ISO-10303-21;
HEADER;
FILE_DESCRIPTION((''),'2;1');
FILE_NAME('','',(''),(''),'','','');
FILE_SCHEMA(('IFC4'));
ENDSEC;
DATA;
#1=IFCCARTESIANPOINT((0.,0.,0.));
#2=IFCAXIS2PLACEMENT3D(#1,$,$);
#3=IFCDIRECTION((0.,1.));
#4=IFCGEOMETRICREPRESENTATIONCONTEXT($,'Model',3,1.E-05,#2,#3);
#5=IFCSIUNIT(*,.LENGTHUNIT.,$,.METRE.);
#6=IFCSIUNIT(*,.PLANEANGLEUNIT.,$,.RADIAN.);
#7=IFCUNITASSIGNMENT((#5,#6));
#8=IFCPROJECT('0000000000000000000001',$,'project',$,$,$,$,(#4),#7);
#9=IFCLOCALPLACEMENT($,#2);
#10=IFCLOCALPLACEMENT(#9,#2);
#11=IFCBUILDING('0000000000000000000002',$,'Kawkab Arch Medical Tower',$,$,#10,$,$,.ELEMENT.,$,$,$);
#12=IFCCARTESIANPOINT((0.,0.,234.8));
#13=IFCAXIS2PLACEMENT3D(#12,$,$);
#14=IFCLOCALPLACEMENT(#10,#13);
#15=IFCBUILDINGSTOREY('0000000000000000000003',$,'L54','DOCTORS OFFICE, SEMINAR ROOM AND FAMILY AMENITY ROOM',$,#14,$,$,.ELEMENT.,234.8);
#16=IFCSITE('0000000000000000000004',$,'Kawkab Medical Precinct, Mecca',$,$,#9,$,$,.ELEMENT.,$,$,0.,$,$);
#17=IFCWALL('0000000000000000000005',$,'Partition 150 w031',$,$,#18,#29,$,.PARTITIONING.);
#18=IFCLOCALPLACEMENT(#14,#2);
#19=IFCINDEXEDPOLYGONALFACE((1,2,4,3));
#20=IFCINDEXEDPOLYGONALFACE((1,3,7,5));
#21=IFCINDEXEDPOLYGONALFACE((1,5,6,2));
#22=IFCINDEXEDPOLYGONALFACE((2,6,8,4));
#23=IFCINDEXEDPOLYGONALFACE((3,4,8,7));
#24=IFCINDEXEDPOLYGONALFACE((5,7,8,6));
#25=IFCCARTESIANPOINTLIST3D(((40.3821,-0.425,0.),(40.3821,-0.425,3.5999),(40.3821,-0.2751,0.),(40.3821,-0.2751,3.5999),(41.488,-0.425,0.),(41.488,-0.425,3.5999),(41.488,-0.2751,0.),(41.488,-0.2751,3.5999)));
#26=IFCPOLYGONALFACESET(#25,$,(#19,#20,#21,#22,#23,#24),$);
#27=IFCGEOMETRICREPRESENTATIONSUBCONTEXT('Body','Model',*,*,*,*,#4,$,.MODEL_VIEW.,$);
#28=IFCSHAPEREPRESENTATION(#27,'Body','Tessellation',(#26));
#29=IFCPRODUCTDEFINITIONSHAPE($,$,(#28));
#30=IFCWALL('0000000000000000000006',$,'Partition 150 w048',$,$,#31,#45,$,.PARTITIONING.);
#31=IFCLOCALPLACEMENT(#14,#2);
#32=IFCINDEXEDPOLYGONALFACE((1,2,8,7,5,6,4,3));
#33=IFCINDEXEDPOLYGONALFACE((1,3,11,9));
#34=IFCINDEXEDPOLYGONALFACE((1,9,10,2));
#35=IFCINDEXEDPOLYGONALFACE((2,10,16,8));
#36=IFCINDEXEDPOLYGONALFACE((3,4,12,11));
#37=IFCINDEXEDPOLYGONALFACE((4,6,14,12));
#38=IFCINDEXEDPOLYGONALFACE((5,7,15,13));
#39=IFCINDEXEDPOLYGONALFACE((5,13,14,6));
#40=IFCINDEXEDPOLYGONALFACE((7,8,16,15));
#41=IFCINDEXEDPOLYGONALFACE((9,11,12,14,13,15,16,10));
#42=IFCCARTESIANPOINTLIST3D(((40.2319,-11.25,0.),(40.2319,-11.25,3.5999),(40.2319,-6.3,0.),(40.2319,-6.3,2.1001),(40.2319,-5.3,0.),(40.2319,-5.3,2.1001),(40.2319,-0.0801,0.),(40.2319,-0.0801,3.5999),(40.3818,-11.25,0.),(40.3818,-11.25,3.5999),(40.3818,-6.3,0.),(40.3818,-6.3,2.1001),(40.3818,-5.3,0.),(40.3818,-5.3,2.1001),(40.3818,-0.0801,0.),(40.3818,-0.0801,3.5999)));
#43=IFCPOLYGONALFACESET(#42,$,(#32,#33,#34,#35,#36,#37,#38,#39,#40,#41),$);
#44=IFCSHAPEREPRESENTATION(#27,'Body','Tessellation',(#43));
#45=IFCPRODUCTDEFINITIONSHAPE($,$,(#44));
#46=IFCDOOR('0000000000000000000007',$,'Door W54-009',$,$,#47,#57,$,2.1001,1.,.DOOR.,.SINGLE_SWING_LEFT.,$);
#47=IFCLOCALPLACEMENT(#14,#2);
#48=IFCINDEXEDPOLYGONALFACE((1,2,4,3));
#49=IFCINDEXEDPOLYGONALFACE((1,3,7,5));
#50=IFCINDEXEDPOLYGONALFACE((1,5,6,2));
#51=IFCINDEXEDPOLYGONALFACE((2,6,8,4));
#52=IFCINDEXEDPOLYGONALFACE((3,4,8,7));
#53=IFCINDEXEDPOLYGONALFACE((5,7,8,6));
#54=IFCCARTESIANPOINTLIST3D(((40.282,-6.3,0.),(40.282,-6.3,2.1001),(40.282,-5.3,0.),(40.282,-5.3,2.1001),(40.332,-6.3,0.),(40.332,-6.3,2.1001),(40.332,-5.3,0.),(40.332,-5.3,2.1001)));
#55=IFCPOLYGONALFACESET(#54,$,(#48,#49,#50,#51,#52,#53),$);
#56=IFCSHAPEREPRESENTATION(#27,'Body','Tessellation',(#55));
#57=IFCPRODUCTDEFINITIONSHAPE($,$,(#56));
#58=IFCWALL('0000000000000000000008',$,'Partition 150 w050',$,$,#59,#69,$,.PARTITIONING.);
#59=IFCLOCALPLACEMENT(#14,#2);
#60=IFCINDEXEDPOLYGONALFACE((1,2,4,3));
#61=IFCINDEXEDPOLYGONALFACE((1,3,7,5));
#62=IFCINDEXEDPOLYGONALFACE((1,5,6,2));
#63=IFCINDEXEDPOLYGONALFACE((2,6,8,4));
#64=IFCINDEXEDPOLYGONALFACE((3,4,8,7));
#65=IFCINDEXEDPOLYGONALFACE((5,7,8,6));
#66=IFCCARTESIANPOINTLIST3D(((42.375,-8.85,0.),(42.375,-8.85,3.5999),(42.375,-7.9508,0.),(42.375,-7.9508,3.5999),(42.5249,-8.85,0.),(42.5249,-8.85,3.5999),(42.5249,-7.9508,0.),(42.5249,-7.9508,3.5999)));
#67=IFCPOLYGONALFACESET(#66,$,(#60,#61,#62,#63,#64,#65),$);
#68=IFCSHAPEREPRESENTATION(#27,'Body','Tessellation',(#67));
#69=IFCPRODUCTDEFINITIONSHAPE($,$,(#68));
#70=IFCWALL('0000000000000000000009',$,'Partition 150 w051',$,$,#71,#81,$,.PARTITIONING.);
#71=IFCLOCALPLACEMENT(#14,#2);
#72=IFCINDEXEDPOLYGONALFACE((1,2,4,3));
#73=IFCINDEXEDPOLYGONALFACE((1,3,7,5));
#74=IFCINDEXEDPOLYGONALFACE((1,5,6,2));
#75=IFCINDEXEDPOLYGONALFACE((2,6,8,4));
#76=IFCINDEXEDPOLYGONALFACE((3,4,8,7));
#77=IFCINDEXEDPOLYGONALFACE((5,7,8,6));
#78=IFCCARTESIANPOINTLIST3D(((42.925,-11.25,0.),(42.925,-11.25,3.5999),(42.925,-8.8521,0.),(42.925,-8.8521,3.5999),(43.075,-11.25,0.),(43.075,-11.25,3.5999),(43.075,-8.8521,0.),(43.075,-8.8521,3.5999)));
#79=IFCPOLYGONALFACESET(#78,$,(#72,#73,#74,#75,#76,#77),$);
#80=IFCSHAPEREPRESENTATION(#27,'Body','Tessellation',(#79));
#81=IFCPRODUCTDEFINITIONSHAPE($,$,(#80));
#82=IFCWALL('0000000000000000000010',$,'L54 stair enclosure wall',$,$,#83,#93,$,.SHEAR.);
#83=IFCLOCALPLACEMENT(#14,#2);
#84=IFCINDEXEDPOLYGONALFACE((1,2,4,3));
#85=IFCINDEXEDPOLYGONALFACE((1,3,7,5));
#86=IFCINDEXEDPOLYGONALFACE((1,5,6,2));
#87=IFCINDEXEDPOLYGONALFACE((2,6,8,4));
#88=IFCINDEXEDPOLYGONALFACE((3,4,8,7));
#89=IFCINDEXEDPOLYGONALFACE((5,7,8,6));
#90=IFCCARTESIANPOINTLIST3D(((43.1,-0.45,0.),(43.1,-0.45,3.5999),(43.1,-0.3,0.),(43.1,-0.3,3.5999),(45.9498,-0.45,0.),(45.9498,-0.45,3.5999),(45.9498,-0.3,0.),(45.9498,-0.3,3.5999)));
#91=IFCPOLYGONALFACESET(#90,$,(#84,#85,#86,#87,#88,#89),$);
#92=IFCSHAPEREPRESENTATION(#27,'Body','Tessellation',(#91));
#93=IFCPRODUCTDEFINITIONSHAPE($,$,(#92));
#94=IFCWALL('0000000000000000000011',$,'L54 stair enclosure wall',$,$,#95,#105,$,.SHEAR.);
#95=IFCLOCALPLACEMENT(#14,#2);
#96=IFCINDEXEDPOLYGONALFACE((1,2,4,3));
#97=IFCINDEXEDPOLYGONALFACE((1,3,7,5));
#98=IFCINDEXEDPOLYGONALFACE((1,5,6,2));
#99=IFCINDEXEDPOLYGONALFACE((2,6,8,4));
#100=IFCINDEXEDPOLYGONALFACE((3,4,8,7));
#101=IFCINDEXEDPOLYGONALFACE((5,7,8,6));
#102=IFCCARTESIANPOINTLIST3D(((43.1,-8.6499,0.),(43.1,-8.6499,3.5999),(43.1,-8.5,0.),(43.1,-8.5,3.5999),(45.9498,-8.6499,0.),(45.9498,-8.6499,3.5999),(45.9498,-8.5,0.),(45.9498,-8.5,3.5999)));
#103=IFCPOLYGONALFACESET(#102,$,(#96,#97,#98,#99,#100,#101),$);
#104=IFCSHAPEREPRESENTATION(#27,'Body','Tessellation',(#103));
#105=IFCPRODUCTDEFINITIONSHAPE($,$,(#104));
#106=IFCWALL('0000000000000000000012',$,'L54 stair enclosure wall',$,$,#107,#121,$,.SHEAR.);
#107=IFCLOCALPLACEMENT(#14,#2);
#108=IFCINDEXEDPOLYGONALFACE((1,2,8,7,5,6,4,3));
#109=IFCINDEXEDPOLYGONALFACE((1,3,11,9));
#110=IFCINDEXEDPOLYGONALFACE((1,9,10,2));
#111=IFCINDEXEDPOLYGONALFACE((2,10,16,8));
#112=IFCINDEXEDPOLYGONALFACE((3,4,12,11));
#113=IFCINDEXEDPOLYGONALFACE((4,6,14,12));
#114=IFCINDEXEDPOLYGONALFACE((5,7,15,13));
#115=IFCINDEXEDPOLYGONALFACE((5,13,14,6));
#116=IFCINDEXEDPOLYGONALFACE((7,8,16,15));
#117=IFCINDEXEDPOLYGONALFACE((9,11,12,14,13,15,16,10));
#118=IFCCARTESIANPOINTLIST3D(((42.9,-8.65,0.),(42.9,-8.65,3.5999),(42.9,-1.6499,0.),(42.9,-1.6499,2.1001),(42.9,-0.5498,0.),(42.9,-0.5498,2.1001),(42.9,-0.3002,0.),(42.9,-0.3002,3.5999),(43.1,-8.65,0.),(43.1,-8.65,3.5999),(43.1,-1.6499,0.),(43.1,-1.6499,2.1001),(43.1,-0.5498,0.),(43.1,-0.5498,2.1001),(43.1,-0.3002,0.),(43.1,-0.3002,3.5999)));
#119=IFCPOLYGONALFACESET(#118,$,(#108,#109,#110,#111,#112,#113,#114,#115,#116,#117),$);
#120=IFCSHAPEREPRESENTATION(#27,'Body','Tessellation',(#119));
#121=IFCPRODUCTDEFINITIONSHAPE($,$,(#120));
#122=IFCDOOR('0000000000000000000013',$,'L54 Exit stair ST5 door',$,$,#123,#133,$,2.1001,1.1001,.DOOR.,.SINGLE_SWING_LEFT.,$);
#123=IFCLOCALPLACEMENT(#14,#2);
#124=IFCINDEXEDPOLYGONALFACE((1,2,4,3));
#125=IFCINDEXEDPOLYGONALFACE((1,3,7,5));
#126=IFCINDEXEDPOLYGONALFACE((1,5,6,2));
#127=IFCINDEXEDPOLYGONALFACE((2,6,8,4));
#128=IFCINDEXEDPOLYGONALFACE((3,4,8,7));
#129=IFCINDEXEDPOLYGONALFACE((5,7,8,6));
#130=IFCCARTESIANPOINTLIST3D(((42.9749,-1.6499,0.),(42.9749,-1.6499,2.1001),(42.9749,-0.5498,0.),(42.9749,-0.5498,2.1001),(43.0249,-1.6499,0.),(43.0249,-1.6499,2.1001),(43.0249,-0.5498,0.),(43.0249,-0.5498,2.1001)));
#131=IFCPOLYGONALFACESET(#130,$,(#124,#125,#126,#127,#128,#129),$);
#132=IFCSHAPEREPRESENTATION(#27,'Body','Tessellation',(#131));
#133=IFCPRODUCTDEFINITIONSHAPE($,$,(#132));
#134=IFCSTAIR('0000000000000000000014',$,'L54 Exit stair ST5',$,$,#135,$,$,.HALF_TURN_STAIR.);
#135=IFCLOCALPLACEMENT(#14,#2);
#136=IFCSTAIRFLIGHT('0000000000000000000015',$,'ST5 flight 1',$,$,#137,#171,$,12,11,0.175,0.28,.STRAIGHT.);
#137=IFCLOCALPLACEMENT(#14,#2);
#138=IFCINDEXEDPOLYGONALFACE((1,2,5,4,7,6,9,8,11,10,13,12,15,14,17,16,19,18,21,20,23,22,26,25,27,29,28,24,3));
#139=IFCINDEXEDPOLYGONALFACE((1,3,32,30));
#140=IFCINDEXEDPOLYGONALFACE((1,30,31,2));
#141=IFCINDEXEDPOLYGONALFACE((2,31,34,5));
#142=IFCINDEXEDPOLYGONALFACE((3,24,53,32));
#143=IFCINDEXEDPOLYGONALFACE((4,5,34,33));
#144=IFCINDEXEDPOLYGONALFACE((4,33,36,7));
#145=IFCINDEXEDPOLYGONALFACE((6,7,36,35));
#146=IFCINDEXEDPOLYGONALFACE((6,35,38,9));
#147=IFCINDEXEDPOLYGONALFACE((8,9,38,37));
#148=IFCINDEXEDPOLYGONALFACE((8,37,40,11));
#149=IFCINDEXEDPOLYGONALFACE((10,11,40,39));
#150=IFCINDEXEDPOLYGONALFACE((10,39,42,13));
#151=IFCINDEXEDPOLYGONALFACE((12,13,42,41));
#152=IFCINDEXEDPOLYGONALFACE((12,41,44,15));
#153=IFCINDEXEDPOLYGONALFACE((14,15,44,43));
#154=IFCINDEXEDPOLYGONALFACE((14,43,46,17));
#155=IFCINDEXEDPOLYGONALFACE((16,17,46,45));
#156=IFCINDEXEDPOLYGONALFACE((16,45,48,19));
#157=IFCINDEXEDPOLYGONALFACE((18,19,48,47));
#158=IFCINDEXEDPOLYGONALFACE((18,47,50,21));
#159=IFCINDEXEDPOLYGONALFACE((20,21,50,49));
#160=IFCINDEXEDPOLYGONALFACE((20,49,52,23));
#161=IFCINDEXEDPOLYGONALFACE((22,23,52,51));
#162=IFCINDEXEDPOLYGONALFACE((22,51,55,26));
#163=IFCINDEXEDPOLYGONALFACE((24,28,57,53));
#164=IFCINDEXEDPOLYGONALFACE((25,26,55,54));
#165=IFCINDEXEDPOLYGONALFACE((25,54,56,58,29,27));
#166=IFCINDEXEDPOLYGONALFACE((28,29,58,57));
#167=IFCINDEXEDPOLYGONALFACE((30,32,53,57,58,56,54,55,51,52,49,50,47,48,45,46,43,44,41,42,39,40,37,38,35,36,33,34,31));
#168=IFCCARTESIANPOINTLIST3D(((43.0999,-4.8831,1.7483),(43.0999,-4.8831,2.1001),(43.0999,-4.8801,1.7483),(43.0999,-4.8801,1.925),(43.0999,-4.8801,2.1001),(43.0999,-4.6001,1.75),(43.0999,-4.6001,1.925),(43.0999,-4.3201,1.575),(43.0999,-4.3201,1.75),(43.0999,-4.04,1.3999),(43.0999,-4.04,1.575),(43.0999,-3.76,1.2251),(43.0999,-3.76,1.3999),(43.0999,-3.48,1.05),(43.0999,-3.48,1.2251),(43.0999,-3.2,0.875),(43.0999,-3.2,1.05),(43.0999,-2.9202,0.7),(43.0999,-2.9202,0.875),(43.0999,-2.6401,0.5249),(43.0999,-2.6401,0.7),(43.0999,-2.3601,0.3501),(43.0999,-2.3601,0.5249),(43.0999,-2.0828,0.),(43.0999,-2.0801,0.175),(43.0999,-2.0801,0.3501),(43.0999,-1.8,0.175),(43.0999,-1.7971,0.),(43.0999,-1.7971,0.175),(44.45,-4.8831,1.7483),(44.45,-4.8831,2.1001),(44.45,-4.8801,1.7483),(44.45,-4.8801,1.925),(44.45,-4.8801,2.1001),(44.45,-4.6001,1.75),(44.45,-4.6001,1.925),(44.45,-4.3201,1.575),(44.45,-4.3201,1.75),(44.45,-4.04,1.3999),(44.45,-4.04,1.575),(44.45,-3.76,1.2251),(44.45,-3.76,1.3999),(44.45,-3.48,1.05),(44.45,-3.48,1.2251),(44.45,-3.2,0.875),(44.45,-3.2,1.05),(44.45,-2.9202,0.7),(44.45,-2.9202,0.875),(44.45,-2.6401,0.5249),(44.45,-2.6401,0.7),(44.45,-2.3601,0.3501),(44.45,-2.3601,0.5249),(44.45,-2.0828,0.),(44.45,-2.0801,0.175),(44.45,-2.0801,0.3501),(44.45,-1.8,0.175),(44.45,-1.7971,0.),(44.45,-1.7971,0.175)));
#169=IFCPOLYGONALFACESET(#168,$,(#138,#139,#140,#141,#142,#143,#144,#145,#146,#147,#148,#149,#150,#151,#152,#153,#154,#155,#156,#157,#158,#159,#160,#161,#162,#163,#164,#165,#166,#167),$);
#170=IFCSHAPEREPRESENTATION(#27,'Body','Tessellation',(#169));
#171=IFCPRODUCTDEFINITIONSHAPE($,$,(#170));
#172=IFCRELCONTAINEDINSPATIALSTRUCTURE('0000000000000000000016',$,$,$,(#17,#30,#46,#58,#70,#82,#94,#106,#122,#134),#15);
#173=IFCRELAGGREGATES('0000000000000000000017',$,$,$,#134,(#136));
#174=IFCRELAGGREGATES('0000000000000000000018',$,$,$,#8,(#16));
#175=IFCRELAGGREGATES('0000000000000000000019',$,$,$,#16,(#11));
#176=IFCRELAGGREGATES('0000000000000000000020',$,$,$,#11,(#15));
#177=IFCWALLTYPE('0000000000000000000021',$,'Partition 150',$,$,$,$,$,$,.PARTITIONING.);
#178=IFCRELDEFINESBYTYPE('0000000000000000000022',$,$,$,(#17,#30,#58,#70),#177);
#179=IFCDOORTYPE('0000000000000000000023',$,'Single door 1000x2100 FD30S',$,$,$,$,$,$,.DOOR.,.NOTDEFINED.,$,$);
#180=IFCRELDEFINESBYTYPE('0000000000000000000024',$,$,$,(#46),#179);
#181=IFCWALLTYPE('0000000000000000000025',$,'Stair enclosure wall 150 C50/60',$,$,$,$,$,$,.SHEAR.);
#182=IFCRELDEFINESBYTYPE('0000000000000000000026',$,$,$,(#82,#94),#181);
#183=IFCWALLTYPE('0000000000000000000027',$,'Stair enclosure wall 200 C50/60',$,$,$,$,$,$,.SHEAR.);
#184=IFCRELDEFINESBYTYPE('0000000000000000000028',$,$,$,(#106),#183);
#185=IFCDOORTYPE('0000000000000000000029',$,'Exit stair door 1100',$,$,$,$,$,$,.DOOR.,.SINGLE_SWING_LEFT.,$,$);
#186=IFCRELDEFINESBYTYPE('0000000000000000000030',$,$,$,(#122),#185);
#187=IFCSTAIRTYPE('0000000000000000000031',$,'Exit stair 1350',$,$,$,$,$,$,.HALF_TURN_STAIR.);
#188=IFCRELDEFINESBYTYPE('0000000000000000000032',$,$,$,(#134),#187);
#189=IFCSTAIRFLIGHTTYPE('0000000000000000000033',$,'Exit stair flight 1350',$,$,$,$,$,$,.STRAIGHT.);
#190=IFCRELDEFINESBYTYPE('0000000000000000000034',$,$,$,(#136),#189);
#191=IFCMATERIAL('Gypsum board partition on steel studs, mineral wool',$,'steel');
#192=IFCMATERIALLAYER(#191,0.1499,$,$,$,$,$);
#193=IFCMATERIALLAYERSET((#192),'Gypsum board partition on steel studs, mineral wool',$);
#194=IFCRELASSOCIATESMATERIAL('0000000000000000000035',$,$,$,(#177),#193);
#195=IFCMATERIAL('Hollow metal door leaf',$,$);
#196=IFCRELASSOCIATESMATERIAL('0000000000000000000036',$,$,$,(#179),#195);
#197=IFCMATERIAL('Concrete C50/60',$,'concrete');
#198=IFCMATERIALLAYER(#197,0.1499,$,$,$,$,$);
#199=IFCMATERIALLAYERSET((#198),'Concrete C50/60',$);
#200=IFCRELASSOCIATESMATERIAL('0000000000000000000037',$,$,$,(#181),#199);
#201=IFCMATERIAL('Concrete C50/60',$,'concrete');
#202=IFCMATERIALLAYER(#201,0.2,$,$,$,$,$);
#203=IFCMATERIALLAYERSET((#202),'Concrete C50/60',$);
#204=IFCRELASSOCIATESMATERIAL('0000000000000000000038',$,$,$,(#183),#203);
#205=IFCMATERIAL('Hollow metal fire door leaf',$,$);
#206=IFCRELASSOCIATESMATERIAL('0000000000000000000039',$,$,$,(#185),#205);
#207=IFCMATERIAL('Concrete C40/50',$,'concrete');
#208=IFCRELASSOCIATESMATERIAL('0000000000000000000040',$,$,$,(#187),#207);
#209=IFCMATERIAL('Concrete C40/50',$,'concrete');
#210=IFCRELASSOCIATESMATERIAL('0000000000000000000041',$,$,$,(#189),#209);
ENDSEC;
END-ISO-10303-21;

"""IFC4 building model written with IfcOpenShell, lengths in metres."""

from ifc_helpers import new_model, si_unit, direction, frame, frame_2d, origin, place, context, subcontext, project, spatial, polyline, rectangle, outline, extrude, material, layer, layer_set, type_object, element, fill, aggregate, save


model = new_model("IFC4")

# Units and contexts
model_context = context("Model", 3, precision=1e-05, world=origin(), true_north=direction((0.0, 1.0)))
body_context = subcontext(model_context, "Body", "Model", "MODEL_VIEW")
ifc_project = project(units=[si_unit("LENGTHUNIT", "METRE"), si_unit("PLANEANGLEUNIT", "RADIAN")], contexts=[model_context])

# Site, building, storey
site_placement = place(None, origin())
site = spatial("IfcSite", under=ifc_project, at=site_placement, Name="Kawkab Medical Precinct, Mecca", CompositionType="ELEMENT", RefElevation=0.0)
building_placement = place(site_placement, origin())
building = spatial("IfcBuilding", under=site, at=building_placement, Name="Kawkab Arch Medical Tower", CompositionType="ELEMENT")
storey_placement = place(building_placement, frame((0.0, 0.0, 234.8)))
storey = spatial("IfcBuildingStorey", under=building, at=storey_placement, Name="L54", Description="DOCTORS OFFICE, SEMINAR ROOM AND FAMILY AMENITY ROOM", CompositionType="ELEMENT", Elevation=234.8)

# Shared definitions
placement = place(storey_placement, origin())

# Shared definitions
ifc_material_1 = material(Name="Gypsum board partition on steel studs, mineral wool", Category="steel")
ifc_layer_1 = layer(ifc_material_1, 0.1499)
ifc_layer_set_1 = layer_set([ifc_layer_1], Name="Gypsum board partition on steel studs, mineral wool")
wall_type_1 = type_object("IfcWallType", Name="Partition 150", PredefinedType="PARTITIONING", material=ifc_layer_set_1)
ifc_material_2 = material(Name="Hollow metal door leaf")
door_type_1 = type_object("IfcDoorType", Name="Single door 1000x2100 FD30S", OperationType="NOTDEFINED", PredefinedType="DOOR", material=ifc_material_2)

# Wall
wall_1_placement = place(storey_placement, frame((40.3821, -0.3501, 0.0), z_axis=(0.0, 0.0, 1.0), x_axis=(1.0, 0.0, 0.0)))
element("IfcWall", 1, at=wall_1_placement, inside=storey, type_object=wall_type_1, Name="Partition 150 w031", PredefinedType="PARTITIONING", context=body_context, shape_type="SweptSolid", body=[
    extrude(rectangle(XDim=1.106, YDim=0.1499, at=frame_2d((0.553, 0.0))), origin(), (0.0, 0.0, 1.0), 3.5999),
])

# Wall, opening, door
wall_2_placement = place(storey_placement, frame((40.3069, -11.25, 0.0), z_axis=(0.0, 0.0, 1.0), x_axis=(0.0, 1.0, 0.0)))
wall_2 = element("IfcWall", 2, at=wall_2_placement, inside=storey, type_object=wall_type_1, Name="Partition 150 w048", PredefinedType="PARTITIONING", context=body_context, shape_type="SweptSolid", body=[
    extrude(rectangle(XDim=11.1699, YDim=0.1499, at=frame_2d((5.585, 0.0))), origin(), (0.0, 0.0, 1.0), 3.5999),
])
opening_1_placement = place(wall_2_placement, frame((4.95, 0.0, 0.0)))
opening_1 = element("IfcOpeningElement", 3, at=opening_1_placement, cuts=wall_2, PredefinedType="OPENING", context=body_context, shape_type="SweptSolid", body=[
    extrude(rectangle(XDim=1.0, YDim=2.1001, at=frame_2d((0.5, 1.05))), frame((0.0, 0.085, 0.0), z_axis=(0.0, -1.0, 0.0), x_axis=(1.0, 0.0, 0.0)), (0.0, 0.0, 1.0), 0.1699),
])
door_1_placement = place(opening_1_placement, origin())
door_1 = element("IfcDoor", 4, at=door_1_placement, inside=storey, type_object=door_type_1, Name="Door W54-009", OperationType="SINGLE_SWING_LEFT", OverallHeight=2.1001, OverallWidth=1.0, PredefinedType="DOOR", context=body_context, shape_type="SweptSolid", body=[
    extrude(rectangle(XDim=1.0, YDim=2.1001, at=frame_2d((0.5, 1.05))), frame((0.0, 0.0249, 0.0), z_axis=(0.0, -1.0, 0.0), x_axis=(1.0, 0.0, 0.0)), (0.0, 0.0, 1.0), 0.05),
])
fill(opening_1, door_1)

# Walls
wall_3_placement = place(storey_placement, frame((42.45, -8.8501, 0.0), z_axis=(0.0, 0.0, 1.0), x_axis=(0.0, 1.0, 0.0)))
element("IfcWall", 5, at=wall_3_placement, inside=storey, type_object=wall_type_1, Name="Partition 150 w050", PredefinedType="PARTITIONING", context=body_context, shape_type="SweptSolid", body=[
    extrude(rectangle(XDim=0.8992, YDim=0.1499, at=frame_2d((0.4497, 0.0))), origin(), (0.0, 0.0, 1.0), 3.5999),
])
wall_4_placement = place(storey_placement, frame((43.0, -11.25, 0.0), z_axis=(0.0, 0.0, 1.0), x_axis=(0.0, 1.0, 0.0)))
element("IfcWall", 6, at=wall_4_placement, inside=storey, type_object=wall_type_1, Name="Partition 150 w051", PredefinedType="PARTITIONING", context=body_context, shape_type="SweptSolid", body=[
    extrude(rectangle(XDim=2.3979, YDim=0.1499, at=frame_2d((1.199, 0.0))), origin(), (0.0, 0.0, 1.0), 3.5999),
])
ifc_material_3 = material(Name="Concrete C50/60", Category="concrete")
ifc_layer_2 = layer(ifc_material_3, 0.1499)
ifc_layer_set_2 = layer_set([ifc_layer_2], Name="Concrete C50/60")
wall_type_2 = type_object("IfcWallType", Name="Stair enclosure wall 150 C50/60", PredefinedType="SHEAR", material=ifc_layer_set_2)
for number, where, z_axis, x_axis, name in (
    (7, (43.1001, -0.375, 0.0), (0.0, 0.0, 1.0), (1.0, 0.0, 0.0), "L54 stair enclosure wall"),
    (8, (43.1001, -8.575, 0.0), (0.0, 0.0, 1.0), (1.0, 0.0, 0.0), "L54 stair enclosure wall"),
):
    element("IfcWall", number, at=place(storey_placement, frame(where, z_axis=z_axis, x_axis=x_axis)), inside=storey, type_object=wall_type_2, Name=name, PredefinedType="SHEAR", context=body_context, shape_type="SweptSolid", body=[
        extrude(rectangle(XDim=2.8499, YDim=0.1499, at=frame_2d((1.4248, 0.0))), origin(), (0.0, 0.0, 1.0), 3.5999),
    ])

# Wall, opening, door
ifc_material_4 = material(Name="Concrete C50/60", Category="concrete")
ifc_layer_3 = layer(ifc_material_4, 0.2)
ifc_layer_set_3 = layer_set([ifc_layer_3], Name="Concrete C50/60")
wall_type_3 = type_object("IfcWallType", Name="Stair enclosure wall 200 C50/60", PredefinedType="SHEAR", material=ifc_layer_set_3)
wall_5_placement = place(storey_placement, frame((43.0, -8.6499, 0.0), z_axis=(0.0, 0.0, 1.0), x_axis=(0.0, 1.0, 0.0)))
wall_5 = element("IfcWall", 9, at=wall_5_placement, inside=storey, type_object=wall_type_3, Name="L54 stair enclosure wall", PredefinedType="SHEAR", context=body_context, shape_type="SweptSolid", body=[
    extrude(rectangle(XDim=8.3499, YDim=0.2, at=frame_2d((4.1748, 0.0))), origin(), (0.0, 0.0, 1.0), 3.5999),
])
opening_2_placement = place(wall_5_placement, frame((7.0, 0.0, 0.0)))
opening_2 = element("IfcOpeningElement", 10, at=opening_2_placement, cuts=wall_5, PredefinedType="OPENING", context=body_context, shape_type="SweptSolid", body=[
    extrude(rectangle(XDim=1.1001, YDim=2.1001, at=frame_2d((0.55, 1.05))), frame((0.0, 0.1099, 0.0), z_axis=(0.0, -1.0, 0.0), x_axis=(1.0, 0.0, 0.0)), (0.0, 0.0, 1.0), 0.22),
])
ifc_material_5 = material(Name="Hollow metal fire door leaf")
door_type_2 = type_object("IfcDoorType", Name="Exit stair door 1100", OperationType="SINGLE_SWING_LEFT", PredefinedType="DOOR", material=ifc_material_5)
door_2_placement = place(opening_2_placement, frame((1.1001, 0.0, 0.0), z_axis=(0.0, 0.0, 1.0), x_axis=(-1.0, 0.0, 0.0)))
door_2 = element("IfcDoor", 11, at=door_2_placement, inside=storey, type_object=door_type_2, Name="L54 Exit stair ST5 door", OperationType="SINGLE_SWING_LEFT", OverallHeight=2.1001, OverallWidth=1.1001, PredefinedType="DOOR", context=body_context, shape_type="SweptSolid", body=[
    extrude(rectangle(XDim=1.1001, YDim=2.1001, at=frame_2d((0.55, 1.05))), frame((0.0, 0.0249, 0.0), z_axis=(0.0, -1.0, 0.0), x_axis=(1.0, 0.0, 0.0)), (0.0, 0.0, 1.0), 0.05),
])
fill(opening_2, door_2)

# Stair, stair flight
ifc_material_6 = material(Name="Concrete C40/50", Category="concrete")
stair_type = type_object("IfcStairType", Name="Exit stair 1350", PredefinedType="HALF_TURN_STAIR", material=ifc_material_6)
stair = element("IfcStair", 12, at=placement, inside=storey, type_object=stair_type, Name="L54 Exit stair ST5", PredefinedType="HALF_TURN_STAIR")
ifc_material_7 = material(Name="Concrete C40/50", Category="concrete")
stair_flight_type = type_object("IfcStairFlightType", Name="Exit stair flight 1350", PredefinedType="STRAIGHT", material=ifc_material_7)
stair_flight_placement = place(storey_placement, frame((43.7749, -1.8, 0.0), z_axis=(0.0, 0.0, 1.0), x_axis=(0.0, -1.0, 0.0)))
stair_flight = element("IfcStairFlight", 13, at=stair_flight_placement, type_object=stair_flight_type, Name="ST5 flight 1", NumberOfRisers=12, NumberOfTreads=11, PredefinedType="STRAIGHT", RiserHeight=0.175, TreadLength=0.28, context=body_context, shape_type="SweptSolid", body=[
    extrude(outline(polyline([(-0.0029, 0.0), (-0.0029, 0.175), (0.0, 0.175), (0.28, 0.175), (0.28, 0.3501), (0.5601, 0.3501), (0.5601, 0.5249), (0.8401, 0.5249), (0.8401, 0.7), (1.1201, 0.7), (1.1201, 0.875), (1.3999, 0.875), (1.3999, 1.05), (1.6799, 1.05), (1.6799, 1.2251), (1.96, 1.2251), (1.96, 1.3999), (2.24, 1.3999), (2.24, 1.575), (2.52, 1.575), (2.52, 1.75), (2.8, 1.75), (2.8, 1.925), (3.0801, 1.925), (3.0801, 2.1001), (3.083, 2.1001), (3.083, 1.7483), (3.0801, 1.7483), (0.2827, 0.0), (-0.0029, 0.0)])), frame((0.0, 0.675, 0.0), z_axis=(0.0, -1.0, 0.0), x_axis=(1.0, 0.0, 0.0)), (0.0, 0.0, 1.0), 1.3501),
])
aggregate(stair, [stair_flight])

save(model, "model.ifc")
